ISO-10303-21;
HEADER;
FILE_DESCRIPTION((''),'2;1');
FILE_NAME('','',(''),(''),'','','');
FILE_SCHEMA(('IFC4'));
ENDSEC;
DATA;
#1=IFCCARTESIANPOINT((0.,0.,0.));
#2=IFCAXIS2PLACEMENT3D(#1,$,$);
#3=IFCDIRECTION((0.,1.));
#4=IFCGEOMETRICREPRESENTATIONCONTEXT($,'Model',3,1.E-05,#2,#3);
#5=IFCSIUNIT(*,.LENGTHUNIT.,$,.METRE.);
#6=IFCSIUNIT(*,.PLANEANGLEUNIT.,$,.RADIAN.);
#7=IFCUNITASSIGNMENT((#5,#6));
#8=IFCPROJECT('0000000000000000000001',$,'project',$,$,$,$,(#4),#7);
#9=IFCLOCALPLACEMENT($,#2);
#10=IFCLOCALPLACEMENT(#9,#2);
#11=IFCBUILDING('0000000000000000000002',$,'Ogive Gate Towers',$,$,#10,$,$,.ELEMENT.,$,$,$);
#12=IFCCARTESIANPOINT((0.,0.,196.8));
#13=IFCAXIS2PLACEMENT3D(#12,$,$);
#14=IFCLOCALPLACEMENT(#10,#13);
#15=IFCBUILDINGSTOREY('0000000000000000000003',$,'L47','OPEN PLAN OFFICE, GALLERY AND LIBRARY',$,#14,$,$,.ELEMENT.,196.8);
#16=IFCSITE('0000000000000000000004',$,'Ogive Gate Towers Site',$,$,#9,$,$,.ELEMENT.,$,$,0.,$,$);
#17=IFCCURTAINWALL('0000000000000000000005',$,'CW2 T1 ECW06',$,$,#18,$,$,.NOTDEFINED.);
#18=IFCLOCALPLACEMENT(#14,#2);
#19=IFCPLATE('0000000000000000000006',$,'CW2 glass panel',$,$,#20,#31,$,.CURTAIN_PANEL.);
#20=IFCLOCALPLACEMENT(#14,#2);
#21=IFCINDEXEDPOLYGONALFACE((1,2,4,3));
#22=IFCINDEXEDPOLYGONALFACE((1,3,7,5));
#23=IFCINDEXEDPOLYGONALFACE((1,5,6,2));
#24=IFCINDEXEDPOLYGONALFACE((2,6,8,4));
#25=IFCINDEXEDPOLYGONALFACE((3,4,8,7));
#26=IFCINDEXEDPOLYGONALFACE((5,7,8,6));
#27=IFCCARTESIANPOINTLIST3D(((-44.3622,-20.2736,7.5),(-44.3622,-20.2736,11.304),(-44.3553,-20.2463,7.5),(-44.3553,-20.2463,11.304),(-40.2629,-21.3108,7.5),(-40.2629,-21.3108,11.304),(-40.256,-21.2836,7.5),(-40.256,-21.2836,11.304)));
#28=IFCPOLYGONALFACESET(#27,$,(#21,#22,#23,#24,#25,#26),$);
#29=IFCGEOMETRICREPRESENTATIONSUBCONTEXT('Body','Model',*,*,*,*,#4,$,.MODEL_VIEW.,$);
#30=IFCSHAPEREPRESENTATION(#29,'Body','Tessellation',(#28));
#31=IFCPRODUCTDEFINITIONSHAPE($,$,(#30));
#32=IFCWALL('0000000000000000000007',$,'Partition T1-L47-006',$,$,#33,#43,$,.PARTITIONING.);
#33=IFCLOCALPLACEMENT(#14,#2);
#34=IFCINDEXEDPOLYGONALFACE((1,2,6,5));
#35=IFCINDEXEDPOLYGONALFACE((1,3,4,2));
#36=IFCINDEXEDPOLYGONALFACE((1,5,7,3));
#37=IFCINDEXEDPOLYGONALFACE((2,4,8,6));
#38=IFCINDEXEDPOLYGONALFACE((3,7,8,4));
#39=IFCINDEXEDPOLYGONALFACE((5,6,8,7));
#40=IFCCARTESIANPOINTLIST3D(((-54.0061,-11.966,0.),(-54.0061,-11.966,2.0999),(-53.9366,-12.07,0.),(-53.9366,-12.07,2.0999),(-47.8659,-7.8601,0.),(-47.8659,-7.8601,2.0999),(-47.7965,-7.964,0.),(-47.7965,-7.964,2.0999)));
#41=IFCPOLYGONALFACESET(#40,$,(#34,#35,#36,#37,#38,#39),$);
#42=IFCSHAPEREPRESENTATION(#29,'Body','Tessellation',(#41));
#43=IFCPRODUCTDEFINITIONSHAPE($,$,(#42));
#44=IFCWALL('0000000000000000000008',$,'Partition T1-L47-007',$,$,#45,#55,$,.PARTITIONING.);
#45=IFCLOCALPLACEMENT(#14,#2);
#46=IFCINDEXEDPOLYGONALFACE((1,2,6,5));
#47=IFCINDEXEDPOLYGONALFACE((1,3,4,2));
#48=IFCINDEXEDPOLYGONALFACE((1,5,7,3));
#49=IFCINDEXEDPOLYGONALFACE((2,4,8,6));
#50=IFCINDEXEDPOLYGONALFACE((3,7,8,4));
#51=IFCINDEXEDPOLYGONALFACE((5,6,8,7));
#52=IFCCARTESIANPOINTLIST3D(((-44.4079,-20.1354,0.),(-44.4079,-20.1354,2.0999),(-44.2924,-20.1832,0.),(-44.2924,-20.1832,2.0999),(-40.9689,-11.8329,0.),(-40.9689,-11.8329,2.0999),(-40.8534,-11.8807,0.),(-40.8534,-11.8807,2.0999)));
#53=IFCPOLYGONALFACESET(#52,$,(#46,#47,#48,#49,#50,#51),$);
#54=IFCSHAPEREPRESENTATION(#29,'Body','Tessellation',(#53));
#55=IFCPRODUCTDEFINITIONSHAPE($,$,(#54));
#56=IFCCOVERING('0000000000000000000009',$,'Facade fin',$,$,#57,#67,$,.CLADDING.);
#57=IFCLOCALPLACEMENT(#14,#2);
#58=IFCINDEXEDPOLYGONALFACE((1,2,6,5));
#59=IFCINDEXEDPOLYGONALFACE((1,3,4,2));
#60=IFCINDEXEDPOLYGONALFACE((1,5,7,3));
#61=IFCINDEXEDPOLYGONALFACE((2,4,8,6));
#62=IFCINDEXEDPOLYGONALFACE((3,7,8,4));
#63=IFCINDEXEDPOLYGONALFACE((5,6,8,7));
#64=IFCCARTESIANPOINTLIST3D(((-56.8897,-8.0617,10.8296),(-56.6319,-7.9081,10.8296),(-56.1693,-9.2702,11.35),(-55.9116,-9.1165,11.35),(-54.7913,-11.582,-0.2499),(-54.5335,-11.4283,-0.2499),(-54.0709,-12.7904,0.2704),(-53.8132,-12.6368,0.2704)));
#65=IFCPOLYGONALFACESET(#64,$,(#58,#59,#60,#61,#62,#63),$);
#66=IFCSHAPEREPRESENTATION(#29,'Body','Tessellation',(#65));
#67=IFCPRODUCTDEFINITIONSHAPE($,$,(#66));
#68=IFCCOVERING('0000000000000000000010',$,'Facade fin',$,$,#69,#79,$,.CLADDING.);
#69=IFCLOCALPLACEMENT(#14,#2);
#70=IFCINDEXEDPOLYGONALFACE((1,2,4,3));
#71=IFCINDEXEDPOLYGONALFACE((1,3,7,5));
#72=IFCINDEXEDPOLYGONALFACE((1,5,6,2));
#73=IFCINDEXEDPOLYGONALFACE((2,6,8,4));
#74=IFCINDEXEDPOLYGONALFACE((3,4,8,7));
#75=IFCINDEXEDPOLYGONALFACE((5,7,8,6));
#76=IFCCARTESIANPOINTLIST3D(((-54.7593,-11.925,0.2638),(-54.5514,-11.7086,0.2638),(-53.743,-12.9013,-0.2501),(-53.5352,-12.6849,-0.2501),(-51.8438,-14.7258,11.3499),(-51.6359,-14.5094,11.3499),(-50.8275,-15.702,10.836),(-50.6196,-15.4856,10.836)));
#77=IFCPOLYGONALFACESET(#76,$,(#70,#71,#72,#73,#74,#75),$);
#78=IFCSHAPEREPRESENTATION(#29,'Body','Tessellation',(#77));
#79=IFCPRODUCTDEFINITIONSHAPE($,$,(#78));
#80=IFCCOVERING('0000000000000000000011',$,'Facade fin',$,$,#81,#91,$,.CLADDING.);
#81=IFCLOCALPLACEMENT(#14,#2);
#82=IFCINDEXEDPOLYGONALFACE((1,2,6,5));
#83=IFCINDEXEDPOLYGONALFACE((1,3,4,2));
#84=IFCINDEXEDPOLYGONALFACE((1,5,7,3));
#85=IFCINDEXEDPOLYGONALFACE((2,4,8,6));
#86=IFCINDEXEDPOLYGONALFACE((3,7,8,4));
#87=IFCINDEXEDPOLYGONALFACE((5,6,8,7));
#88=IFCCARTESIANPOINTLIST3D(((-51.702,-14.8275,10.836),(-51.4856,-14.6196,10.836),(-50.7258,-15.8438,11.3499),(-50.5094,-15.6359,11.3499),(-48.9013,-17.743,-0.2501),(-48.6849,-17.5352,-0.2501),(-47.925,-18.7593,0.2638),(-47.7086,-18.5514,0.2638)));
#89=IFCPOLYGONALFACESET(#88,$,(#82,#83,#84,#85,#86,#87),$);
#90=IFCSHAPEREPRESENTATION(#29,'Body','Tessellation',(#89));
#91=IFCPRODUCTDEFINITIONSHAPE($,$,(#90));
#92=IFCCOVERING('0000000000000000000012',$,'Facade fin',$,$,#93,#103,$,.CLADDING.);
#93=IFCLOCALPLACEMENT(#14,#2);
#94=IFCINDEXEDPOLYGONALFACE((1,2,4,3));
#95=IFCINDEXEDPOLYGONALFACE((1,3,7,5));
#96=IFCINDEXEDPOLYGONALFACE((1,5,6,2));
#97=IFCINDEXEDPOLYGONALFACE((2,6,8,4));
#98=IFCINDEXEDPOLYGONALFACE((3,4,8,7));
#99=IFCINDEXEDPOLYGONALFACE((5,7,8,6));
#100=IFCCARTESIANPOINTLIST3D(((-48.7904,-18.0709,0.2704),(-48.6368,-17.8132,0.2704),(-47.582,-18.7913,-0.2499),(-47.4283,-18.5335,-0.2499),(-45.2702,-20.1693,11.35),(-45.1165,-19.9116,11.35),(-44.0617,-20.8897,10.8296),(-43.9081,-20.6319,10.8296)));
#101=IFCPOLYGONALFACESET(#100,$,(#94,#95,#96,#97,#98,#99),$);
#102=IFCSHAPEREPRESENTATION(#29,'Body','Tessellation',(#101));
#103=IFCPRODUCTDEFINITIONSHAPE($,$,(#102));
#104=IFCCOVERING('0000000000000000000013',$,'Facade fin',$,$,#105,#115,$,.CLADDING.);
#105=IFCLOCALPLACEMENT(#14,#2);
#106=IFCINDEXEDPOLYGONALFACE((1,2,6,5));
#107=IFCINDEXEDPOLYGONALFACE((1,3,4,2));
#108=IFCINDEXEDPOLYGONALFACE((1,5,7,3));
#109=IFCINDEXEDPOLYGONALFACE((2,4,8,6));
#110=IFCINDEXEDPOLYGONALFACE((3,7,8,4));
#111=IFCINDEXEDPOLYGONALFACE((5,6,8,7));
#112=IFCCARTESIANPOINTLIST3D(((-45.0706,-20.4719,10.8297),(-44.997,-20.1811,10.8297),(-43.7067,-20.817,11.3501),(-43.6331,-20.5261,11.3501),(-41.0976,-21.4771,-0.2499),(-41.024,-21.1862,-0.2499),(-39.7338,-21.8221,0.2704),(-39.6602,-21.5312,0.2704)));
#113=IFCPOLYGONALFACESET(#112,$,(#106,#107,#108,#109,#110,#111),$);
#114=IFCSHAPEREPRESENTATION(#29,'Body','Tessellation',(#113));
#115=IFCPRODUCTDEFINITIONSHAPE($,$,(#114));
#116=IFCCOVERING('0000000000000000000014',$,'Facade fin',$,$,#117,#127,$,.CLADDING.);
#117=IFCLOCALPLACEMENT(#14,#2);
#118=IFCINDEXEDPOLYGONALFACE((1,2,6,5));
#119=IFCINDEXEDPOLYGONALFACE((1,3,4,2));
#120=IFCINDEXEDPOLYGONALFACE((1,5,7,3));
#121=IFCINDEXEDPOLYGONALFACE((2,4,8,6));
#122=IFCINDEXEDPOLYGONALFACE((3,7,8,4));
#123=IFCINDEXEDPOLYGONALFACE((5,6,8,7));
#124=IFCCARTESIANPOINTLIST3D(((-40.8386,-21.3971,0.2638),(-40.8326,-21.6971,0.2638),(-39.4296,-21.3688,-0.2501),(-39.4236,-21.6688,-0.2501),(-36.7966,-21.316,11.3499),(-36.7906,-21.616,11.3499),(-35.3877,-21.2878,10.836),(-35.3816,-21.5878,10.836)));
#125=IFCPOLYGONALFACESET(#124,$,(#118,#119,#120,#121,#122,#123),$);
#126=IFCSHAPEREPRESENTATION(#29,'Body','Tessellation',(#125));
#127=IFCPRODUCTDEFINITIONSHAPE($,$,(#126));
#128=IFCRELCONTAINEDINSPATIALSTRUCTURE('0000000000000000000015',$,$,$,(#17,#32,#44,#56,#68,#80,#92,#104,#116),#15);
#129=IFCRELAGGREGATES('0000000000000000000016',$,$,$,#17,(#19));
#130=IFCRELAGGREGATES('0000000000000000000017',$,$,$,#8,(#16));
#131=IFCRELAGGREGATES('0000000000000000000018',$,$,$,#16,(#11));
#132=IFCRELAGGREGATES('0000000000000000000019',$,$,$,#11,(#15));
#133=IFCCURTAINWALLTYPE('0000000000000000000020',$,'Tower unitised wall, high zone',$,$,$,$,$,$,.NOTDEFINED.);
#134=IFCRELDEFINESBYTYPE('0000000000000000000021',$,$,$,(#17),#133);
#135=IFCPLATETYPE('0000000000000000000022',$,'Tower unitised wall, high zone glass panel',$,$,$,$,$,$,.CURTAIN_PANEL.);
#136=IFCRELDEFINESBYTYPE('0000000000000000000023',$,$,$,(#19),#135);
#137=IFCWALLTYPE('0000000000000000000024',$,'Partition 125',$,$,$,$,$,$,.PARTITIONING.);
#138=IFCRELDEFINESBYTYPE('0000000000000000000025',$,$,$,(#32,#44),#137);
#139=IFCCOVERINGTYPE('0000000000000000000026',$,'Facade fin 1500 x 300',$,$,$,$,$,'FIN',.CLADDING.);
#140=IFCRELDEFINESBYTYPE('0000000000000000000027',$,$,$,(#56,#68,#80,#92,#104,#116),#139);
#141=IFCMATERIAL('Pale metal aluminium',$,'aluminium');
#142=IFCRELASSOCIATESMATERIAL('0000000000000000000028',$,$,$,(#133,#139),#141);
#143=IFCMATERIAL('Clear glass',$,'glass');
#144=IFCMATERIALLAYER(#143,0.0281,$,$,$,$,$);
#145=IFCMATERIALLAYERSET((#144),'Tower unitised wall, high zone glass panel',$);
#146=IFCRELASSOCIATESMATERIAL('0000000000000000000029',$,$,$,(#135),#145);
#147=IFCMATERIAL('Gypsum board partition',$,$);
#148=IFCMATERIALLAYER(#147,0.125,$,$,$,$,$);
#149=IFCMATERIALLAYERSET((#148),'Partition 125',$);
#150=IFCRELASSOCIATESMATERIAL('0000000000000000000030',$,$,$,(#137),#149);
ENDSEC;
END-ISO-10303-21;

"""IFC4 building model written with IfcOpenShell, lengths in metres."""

from ifc_helpers import new_model, si_unit, direction, frame, frame_2d, origin, origin_2d, place, context, subcontext, project, spatial, rectangle, extrude, material, layer, layer_set, material_profile, profile_set, type_object, element, aggregate, save


model = new_model("IFC4")

# Units and contexts
model_context = context("Model", 3, precision=1e-05, world=origin(), true_north=direction((0.0, 1.0)))
body_context = subcontext(model_context, "Body", "Model", "MODEL_VIEW")
ifc_project = project(units=[si_unit("LENGTHUNIT", "METRE"), si_unit("PLANEANGLEUNIT", "RADIAN")], contexts=[model_context])

# Site, building, storey
site_placement = place(None, origin())
site = spatial("IfcSite", under=ifc_project, at=site_placement, Name="Ogive Gate Towers Site", CompositionType="ELEMENT", RefElevation=0.0)
building_placement = place(site_placement, origin())
building = spatial("IfcBuilding", under=site, at=building_placement, Name="Ogive Gate Towers", CompositionType="ELEMENT")
storey_placement = place(building_placement, frame((0.0, 0.0, 196.8)))
storey = spatial("IfcBuildingStorey", under=building, at=storey_placement, Name="L47", Description="OPEN PLAN OFFICE, GALLERY AND LIBRARY", CompositionType="ELEMENT", Elevation=196.8)

# Curtain wall
ifc_material_1 = material(Name="Pale metal aluminium", Category="aluminium")
curtain_wall_type = type_object("IfcCurtainWallType", Name="Tower unitised wall, high zone", PredefinedType="NOTDEFINED", material=ifc_material_1)
curtain_wall_1_placement = place(storey_placement, origin())
curtain_wall_1 = element("IfcCurtainWall", 1, at=curtain_wall_1_placement, inside=storey, type_object=curtain_wall_type, Name="CW2 T1 ECW06", PredefinedType="NOTDEFINED")

# Plate
ifc_material_2 = material(Name="Clear glass", Category="glass")
ifc_layer_1 = layer(ifc_material_2, 0.0281)
ifc_layer_set_1 = layer_set([ifc_layer_1], Name="Tower unitised wall, high zone glass panel")
plate_type = type_object("IfcPlateType", Name="Tower unitised wall, high zone glass panel", PredefinedType="CURTAIN_PANEL", material=ifc_layer_set_1)
plate_1_placement = place(storey_placement, frame((-42.3091, -20.7786, 7.5), z_axis=(0.0, 0.0, 1.0), x_axis=(0.96945, -0.24529, 0.0)))
plate_1 = element("IfcPlate", 2, at=plate_1_placement, type_object=plate_type, Name="CW2 glass panel", PredefinedType="CURTAIN_PANEL", context=body_context, shape_type="SweptSolid", body=[
    extrude(rectangle(XDim=4.2285, YDim=0.0281, at=origin_2d()), origin(), (0.0, 0.0, 1.0), 3.804),
])
aggregate(curtain_wall_1, [plate_1])

# Walls
ifc_material_3 = material(Name="Gypsum board partition")
ifc_layer_2 = layer(ifc_material_3, 0.125)
ifc_layer_set_2 = layer_set([ifc_layer_2], Name="Partition 125")
wall_type = type_object("IfcWallType", Name="Partition 125", PredefinedType="PARTITIONING", material=ifc_layer_set_2)
wall_1_placement = place(storey_placement, frame((-53.9714, -12.0181, 0.0), z_axis=(0.0, 0.0, 1.0), x_axis=(0.831266, 0.555874, 0.0)))
element("IfcWall", 3, at=wall_1_placement, inside=storey, type_object=wall_type, Name="Partition T1-L47-006", PredefinedType="PARTITIONING", context=body_context, shape_type="SweptSolid", body=[
    extrude(rectangle(XDim=7.3865, YDim=0.125, at=frame_2d((3.6934, 0.0))), origin(), (0.0, 0.0, 1.0), 2.0999),
])
wall_2_placement = place(storey_placement, frame((-44.3501, -20.1592, 0.0), z_axis=(0.0, 0.0, 1.0), x_axis=(0.38268, 0.923881, 0.0)))
element("IfcWall", 4, at=wall_2_placement, inside=storey, type_object=wall_type, Name="Partition T1-L47-007", PredefinedType="PARTITIONING", context=body_context, shape_type="SweptSolid", body=[
    extrude(rectangle(XDim=8.9866, YDim=0.125, at=frame_2d((4.4932, 0.0))), origin(), (0.0, 0.0, 1.0), 2.0999),
])

# Coverings
ifc_material_profile_1 = material_profile(ifc_material_1, rectangle(XDim=0.3, YDim=1.5, at=origin_2d()), Name="1500 x 300 pale metal aluminium")
ifc_profile_set_1 = profile_set([ifc_material_profile_1], Name="Pale metal aluminium")
covering_type = type_object("IfcCoveringType", Name="Facade fin 1500 x 300", ElementType="FIN", PredefinedType="CLADDING", material=ifc_profile_set_1)
covering_1_placement = place(storey_placement, frame((-54.3022, -12.1094, 0.0103), z_axis=(-0.17763, 0.297993, 0.937895), x_axis=(-0.858972, -0.512023, 0.0)))
element("IfcCovering", 5, at=covering_1_placement, inside=storey, type_object=covering_type, Name="Facade fin", PredefinedType="CLADDING", context=body_context, shape_type="SweptSolid", body=[
    extrude(rectangle(XDim=0.3, YDim=1.5, at=origin_2d()), origin(), (0.0, 0.0, 1.0), 11.8132),
])
for number, where, z_axis, x_axis, name in (
    (6, (-54.1472, -12.3049, 0.0068), (0.247071, -0.237347, 0.93948), (0.692773, 0.721156, 0.0), "Facade fin"),
    (7, (-48.3049, -18.1472, 0.0068), (-0.237347, 0.247071, 0.93948), (-0.721156, -0.692773, 0.0), "Facade fin"),
):
    element("IfcCovering", number, at=place(storey_placement, frame(where, z_axis=z_axis, x_axis=x_axis)), inside=storey, type_object=covering_type, Name=name, PredefinedType="CLADDING", context=body_context, shape_type="SweptSolid", body=[
        extrude(rectangle(XDim=0.3, YDim=1.5, at=origin_2d()), origin(), (0.0, 0.0, 1.0), 11.8003),
    ])
for number, where, z_axis, x_axis, name in (
    (8, (-48.1094, -18.3022, 0.0103), (0.297993, -0.17763, 0.937895), (0.512023, 0.858972, 0.0), "Facade fin"),
    (9, (-40.3789, -21.5042, 0.0103), (-0.33631, 0.085085, 0.9379), (-0.245268, -0.969455, 0.0), "Facade fin"),
):
    element("IfcCovering", number, at=place(storey_placement, frame(where, z_axis=z_axis, x_axis=x_axis)), inside=storey, type_object=covering_type, Name=name, PredefinedType="CLADDING", context=body_context, shape_type="SweptSolid", body=[
        extrude(rectangle(XDim=0.3, YDim=1.5, at=origin_2d()), origin(), (0.0, 0.0, 1.0), 11.8132),
    ])
covering_2_placement = place(storey_placement, frame((-40.1311, -21.533, 0.0068), z_axis=(0.342532, 0.006869, 0.939481), x_axis=(-0.020049, 0.999799, 0.0)))
element("IfcCovering", 10, at=covering_2_placement, inside=storey, type_object=covering_type, Name="Facade fin", PredefinedType="CLADDING", context=body_context, shape_type="SweptSolid", body=[
    extrude(rectangle(XDim=0.3, YDim=1.5, at=origin_2d()), origin(), (0.0, 0.0, 1.0), 11.8003),
])

save(model, "model.ifc")
